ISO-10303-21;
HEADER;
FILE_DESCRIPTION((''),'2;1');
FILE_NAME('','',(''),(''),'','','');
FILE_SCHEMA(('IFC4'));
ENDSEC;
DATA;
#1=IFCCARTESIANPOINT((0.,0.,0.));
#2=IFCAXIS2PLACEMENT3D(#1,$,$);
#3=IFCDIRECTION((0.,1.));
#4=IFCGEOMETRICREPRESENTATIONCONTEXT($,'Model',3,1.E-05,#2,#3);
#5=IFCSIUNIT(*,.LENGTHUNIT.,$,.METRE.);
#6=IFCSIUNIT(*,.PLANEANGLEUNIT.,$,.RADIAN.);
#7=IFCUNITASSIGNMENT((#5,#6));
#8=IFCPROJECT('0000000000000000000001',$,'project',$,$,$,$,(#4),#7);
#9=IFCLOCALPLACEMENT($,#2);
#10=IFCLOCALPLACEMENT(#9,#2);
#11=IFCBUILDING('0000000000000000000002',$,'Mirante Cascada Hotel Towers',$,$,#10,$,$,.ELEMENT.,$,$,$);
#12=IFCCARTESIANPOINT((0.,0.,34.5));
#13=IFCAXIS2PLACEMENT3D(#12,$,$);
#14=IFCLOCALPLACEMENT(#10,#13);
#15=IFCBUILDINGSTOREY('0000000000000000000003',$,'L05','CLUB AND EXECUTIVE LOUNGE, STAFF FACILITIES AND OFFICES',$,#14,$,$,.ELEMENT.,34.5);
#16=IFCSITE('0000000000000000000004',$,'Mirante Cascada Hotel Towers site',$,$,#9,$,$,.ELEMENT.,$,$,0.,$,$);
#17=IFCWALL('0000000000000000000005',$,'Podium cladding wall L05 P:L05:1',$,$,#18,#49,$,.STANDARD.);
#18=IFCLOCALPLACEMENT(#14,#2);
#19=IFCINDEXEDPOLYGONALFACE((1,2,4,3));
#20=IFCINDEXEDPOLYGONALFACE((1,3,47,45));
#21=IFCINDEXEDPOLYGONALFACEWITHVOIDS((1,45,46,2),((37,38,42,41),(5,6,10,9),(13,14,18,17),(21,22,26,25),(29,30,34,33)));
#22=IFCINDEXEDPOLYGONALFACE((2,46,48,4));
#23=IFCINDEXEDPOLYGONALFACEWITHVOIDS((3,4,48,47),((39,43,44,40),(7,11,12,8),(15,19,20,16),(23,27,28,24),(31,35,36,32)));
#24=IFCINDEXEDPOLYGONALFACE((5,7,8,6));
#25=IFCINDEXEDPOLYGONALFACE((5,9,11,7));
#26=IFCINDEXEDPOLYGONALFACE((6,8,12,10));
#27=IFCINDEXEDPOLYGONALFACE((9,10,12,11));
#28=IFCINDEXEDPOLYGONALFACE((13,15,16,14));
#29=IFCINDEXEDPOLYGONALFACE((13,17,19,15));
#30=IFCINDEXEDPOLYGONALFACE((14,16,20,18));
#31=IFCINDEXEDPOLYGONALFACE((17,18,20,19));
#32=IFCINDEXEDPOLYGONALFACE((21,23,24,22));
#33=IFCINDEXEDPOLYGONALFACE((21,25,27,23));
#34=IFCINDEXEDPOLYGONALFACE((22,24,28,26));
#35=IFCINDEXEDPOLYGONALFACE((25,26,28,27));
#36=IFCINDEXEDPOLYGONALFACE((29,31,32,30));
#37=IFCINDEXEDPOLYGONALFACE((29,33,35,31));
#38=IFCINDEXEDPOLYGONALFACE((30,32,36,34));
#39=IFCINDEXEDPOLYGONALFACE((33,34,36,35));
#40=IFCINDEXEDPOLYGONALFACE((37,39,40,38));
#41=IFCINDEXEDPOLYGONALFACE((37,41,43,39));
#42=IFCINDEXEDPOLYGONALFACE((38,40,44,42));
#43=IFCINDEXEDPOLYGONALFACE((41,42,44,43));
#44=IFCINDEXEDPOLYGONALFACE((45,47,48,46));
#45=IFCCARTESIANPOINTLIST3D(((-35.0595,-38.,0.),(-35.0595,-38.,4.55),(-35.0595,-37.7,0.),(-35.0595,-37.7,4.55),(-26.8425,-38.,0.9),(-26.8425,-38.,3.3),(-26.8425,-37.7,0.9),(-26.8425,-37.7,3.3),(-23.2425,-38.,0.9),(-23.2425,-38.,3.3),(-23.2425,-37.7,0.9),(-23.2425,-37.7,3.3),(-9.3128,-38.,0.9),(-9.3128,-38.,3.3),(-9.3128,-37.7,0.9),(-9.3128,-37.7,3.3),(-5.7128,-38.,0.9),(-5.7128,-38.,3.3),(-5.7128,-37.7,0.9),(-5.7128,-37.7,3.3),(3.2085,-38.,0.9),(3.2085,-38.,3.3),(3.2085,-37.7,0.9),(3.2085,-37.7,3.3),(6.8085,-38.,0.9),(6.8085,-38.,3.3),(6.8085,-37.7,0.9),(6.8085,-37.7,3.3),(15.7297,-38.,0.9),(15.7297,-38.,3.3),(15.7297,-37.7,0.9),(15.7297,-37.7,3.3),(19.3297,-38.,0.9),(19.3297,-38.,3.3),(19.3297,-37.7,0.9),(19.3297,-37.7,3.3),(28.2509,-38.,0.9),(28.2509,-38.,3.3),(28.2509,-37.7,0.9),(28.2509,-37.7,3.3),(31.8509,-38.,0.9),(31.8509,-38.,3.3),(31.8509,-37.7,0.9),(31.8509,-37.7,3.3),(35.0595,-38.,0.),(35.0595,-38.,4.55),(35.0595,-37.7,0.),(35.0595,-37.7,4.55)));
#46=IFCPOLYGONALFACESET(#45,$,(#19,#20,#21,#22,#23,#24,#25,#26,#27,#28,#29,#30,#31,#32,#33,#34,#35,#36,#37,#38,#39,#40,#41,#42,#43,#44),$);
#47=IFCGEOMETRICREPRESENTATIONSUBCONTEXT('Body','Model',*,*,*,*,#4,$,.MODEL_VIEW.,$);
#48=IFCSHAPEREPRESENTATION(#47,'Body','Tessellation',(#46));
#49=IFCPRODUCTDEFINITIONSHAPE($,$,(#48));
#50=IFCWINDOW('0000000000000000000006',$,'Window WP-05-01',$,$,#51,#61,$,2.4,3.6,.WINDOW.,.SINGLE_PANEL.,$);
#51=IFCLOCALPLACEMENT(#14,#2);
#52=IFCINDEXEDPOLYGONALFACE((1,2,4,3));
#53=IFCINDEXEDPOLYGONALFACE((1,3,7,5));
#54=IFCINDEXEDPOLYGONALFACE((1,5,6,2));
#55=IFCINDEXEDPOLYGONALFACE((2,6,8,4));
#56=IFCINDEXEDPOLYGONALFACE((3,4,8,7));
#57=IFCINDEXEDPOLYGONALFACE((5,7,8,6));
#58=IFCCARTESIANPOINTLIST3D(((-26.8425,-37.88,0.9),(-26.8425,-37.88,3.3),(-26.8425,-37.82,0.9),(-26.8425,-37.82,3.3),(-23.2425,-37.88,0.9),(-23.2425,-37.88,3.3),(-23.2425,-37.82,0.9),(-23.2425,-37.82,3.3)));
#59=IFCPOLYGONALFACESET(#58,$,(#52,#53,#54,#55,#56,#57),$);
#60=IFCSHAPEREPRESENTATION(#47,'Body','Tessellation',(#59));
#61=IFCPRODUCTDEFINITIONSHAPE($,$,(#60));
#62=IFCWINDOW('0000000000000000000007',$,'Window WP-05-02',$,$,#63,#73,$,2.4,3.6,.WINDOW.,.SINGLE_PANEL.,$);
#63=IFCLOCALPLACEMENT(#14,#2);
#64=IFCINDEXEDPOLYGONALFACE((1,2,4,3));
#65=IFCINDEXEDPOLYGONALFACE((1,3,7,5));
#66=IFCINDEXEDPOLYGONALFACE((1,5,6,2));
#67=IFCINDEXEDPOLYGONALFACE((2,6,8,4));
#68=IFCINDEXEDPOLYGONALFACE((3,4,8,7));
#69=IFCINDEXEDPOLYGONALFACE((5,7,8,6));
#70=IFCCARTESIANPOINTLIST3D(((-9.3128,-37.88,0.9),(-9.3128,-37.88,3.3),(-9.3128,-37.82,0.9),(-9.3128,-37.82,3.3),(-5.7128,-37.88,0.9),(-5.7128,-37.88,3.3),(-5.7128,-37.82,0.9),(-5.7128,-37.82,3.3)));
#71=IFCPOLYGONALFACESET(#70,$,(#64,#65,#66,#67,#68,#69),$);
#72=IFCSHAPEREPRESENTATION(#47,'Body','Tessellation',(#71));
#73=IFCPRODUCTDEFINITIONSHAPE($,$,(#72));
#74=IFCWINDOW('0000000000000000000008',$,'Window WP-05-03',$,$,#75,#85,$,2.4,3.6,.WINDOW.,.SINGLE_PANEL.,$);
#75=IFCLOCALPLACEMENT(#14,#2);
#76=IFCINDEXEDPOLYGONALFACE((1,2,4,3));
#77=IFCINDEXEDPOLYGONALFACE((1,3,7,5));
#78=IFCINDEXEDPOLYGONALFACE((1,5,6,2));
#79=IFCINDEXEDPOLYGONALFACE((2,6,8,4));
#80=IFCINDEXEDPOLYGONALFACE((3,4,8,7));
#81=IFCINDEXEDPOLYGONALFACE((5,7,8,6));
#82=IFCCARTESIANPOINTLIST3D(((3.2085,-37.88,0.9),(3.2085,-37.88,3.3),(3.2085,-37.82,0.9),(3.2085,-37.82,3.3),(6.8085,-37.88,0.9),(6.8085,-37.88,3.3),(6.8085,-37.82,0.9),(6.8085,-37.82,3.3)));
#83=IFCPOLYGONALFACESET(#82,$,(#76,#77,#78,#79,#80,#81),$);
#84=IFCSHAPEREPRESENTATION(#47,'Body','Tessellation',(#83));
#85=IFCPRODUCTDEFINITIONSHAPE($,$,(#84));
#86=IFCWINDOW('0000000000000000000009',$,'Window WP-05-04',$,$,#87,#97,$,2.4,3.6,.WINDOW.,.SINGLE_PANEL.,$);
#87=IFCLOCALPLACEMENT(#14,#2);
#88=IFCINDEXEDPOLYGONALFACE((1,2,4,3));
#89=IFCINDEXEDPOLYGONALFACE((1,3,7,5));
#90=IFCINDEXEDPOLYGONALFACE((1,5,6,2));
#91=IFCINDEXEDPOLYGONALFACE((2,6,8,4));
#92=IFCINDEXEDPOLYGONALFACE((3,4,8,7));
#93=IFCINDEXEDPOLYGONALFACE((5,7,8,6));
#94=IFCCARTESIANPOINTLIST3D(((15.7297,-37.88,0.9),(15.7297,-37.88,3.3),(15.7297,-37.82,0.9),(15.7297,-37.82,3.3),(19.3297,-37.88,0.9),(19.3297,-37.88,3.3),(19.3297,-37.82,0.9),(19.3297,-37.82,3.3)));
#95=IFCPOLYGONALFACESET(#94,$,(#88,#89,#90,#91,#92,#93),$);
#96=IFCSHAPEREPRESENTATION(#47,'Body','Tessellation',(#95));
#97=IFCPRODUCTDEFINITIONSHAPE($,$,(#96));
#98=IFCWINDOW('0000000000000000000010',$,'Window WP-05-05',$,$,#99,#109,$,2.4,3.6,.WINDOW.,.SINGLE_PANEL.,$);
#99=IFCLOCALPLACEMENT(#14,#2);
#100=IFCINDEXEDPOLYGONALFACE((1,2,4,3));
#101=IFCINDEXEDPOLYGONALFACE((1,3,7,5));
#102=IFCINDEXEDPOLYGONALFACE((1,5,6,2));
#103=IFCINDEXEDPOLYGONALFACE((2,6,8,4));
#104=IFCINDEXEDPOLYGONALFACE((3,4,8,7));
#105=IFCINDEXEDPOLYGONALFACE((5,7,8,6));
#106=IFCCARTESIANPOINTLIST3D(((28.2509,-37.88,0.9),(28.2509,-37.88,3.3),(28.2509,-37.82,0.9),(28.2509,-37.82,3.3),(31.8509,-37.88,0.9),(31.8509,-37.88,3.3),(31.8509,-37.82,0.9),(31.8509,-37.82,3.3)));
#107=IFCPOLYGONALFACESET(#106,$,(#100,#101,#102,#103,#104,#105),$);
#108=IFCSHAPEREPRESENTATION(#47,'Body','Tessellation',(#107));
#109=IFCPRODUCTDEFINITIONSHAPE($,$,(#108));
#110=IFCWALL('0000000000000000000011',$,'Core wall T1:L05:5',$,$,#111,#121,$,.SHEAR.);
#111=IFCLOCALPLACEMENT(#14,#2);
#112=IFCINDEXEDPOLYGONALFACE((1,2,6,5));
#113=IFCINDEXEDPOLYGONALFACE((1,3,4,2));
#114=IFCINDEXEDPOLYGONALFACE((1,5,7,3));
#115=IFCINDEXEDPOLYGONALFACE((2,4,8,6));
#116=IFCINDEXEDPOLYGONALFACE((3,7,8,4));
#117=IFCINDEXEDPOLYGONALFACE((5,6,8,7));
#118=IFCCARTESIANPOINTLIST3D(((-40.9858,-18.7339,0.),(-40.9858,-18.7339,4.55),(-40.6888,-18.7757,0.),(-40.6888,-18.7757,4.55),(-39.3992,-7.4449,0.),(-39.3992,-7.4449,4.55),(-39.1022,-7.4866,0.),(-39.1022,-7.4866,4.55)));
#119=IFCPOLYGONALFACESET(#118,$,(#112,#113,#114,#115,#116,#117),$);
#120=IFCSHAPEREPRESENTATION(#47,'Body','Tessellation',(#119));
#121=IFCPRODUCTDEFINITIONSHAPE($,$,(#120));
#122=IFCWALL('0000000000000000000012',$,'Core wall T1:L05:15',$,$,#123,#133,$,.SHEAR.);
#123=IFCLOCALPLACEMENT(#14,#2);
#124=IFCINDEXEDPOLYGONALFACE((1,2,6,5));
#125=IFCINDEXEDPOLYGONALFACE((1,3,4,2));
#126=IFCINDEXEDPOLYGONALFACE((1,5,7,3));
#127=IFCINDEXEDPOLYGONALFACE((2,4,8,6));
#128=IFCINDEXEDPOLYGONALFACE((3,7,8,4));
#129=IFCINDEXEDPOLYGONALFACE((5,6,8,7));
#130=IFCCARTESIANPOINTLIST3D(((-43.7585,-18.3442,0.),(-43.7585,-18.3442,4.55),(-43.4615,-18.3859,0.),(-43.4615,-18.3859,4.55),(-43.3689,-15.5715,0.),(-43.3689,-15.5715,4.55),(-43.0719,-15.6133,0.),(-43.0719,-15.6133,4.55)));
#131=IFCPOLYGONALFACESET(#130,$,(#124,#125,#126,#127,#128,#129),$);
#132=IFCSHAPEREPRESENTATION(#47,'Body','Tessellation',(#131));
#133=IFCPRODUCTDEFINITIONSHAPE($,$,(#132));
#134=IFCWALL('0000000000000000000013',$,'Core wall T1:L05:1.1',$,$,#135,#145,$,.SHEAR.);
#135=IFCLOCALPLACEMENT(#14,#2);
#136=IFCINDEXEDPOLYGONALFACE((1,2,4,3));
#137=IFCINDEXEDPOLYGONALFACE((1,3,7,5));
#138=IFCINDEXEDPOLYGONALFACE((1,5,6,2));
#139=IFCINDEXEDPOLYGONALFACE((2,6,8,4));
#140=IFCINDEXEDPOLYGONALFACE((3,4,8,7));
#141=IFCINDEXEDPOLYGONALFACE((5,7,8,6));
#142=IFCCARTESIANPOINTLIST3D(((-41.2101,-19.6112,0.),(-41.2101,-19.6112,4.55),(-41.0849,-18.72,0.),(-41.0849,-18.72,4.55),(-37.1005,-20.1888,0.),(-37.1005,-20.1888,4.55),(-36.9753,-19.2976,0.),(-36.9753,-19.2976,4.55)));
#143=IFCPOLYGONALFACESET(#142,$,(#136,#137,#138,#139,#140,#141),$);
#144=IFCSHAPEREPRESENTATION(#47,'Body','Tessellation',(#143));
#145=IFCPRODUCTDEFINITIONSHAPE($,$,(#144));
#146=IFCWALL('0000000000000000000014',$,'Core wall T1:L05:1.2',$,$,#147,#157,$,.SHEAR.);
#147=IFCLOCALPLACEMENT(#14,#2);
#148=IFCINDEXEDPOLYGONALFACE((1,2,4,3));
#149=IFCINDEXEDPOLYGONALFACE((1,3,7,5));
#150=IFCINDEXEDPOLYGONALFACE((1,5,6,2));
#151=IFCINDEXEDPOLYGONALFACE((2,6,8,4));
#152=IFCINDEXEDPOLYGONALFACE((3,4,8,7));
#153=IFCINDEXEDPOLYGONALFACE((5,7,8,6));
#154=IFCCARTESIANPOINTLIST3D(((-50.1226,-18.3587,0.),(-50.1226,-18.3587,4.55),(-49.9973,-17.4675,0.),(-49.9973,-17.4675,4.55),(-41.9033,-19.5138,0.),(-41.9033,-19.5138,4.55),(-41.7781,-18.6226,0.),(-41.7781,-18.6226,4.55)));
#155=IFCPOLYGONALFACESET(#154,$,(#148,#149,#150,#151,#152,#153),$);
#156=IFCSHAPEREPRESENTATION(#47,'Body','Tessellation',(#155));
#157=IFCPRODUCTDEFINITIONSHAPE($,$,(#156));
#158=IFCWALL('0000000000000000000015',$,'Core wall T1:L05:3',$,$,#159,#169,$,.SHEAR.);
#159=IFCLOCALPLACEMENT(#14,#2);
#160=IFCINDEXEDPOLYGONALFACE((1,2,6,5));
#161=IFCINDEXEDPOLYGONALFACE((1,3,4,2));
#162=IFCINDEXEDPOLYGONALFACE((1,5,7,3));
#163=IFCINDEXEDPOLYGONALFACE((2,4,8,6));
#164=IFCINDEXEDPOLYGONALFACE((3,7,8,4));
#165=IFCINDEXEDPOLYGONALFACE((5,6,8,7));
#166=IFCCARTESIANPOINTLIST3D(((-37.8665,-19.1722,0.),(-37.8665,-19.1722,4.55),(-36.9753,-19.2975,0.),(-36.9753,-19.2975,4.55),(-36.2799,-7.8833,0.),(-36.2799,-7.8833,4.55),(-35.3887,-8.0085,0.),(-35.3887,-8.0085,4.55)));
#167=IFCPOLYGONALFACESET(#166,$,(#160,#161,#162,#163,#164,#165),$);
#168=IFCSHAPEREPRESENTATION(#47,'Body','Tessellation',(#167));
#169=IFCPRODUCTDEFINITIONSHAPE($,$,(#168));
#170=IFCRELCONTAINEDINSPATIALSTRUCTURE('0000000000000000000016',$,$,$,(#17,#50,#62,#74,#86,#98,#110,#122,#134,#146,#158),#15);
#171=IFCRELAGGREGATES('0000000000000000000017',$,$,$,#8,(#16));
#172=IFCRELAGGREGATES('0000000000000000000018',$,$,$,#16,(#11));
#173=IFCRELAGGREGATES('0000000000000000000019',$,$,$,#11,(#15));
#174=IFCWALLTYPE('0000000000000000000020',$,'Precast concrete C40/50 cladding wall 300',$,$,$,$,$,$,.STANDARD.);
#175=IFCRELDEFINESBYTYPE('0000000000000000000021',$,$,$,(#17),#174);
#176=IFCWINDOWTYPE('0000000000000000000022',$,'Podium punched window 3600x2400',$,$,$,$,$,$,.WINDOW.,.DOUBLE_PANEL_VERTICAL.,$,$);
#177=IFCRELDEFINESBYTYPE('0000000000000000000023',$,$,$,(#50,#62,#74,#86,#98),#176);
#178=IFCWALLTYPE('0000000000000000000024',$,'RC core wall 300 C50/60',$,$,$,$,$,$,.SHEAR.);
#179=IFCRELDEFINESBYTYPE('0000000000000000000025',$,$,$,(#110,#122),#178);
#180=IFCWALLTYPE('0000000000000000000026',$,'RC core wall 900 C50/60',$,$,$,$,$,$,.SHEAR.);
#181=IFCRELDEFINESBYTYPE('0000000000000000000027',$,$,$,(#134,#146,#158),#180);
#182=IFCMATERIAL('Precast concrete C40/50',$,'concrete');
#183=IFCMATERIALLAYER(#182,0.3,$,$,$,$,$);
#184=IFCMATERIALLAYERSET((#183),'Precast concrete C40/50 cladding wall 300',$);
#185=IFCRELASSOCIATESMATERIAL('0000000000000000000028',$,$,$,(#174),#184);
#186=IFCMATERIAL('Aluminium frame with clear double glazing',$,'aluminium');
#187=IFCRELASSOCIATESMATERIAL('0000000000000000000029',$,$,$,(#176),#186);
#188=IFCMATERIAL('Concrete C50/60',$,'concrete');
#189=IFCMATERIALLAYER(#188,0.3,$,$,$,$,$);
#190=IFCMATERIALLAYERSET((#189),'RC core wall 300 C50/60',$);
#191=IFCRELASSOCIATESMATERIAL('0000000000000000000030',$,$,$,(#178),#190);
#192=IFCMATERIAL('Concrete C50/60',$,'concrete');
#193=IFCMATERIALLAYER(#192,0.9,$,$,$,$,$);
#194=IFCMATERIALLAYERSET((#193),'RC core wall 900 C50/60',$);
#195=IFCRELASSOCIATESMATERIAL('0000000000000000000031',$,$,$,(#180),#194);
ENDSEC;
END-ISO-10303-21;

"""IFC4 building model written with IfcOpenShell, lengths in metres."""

from ifc_helpers import new_model, si_unit, direction, frame, frame_2d, origin, place, context, subcontext, project, spatial, rectangle, extrude, material, layer, layer_set, type_object, element, fill, save


model = new_model("IFC4")

# Units and contexts
model_context = context("Model", 3, precision=1e-05, world=origin(), true_north=direction((0.0, 1.0)))
body_context = subcontext(model_context, "Body", "Model", "MODEL_VIEW")
ifc_project = project(units=[si_unit("LENGTHUNIT", "METRE"), si_unit("PLANEANGLEUNIT", "RADIAN")], contexts=[model_context])

# Site, building, storey
site_placement = place(None, origin())
site = spatial("IfcSite", under=ifc_project, at=site_placement, Name="Mirante Cascada Hotel Towers site", CompositionType="ELEMENT", RefElevation=0.0)
building_placement = place(site_placement, origin())
building = spatial("IfcBuilding", under=site, at=building_placement, Name="Mirante Cascada Hotel Towers", CompositionType="ELEMENT")
storey_placement = place(building_placement, frame((0.0, 0.0, 34.5)))
storey = spatial("IfcBuildingStorey", under=building, at=storey_placement, Name="L05", Description="CLUB AND EXECUTIVE LOUNGE, STAFF FACILITIES AND OFFICES", CompositionType="ELEMENT", Elevation=34.5)

# Wall, openings, windows
ifc_material_1 = material(Name="Precast concrete C40/50", Category="concrete")
ifc_layer_1 = layer(ifc_material_1, 0.3)
ifc_layer_set_1 = layer_set([ifc_layer_1], Name="Precast concrete C40/50 cladding wall 300")
wall_type_1 = type_object("IfcWallType", Name="Precast concrete C40/50 cladding wall 300", PredefinedType="STANDARD", material=ifc_layer_set_1)
wall_1_placement = place(storey_placement, frame((-35.0595, -37.85, 0.0), z_axis=(0.0, 0.0, 1.0), x_axis=(1.0, 0.0, 0.0)))
wall_1 = element("IfcWall", 1, at=wall_1_placement, inside=storey, type_object=wall_type_1, Name="Podium cladding wall L05 P:L05:1", PredefinedType="STANDARD", context=body_context, shape_type="SweptSolid", body=[
    extrude(rectangle(XDim=70.119, YDim=0.3, at=frame_2d((35.0595, 0.0))), origin(), (0.0, 0.0, 1.0), 4.55),
])
opening_1_placement = place(wall_1_placement, frame((8.217, 0.0, 0.9)))
opening_1 = element("IfcOpeningElement", 2, at=opening_1_placement, cuts=wall_1, PredefinedType="OPENING", context=body_context, shape_type="SweptSolid", body=[
    extrude(rectangle(XDim=3.6, YDim=2.4, at=frame_2d((1.8, 1.2))), frame((0.0, 0.15, 0.0), z_axis=(0.0, -1.0, 0.0), x_axis=(1.0, 0.0, 0.0)), (0.0, 0.0, 1.0), 0.3),
])
opening_2_placement = place(wall_1_placement, frame((25.7467, 0.0, 0.9)))
opening_2 = element("IfcOpeningElement", 3, at=opening_2_placement, cuts=wall_1, PredefinedType="OPENING", context=body_context, shape_type="SweptSolid", body=[
    extrude(rectangle(XDim=3.6, YDim=2.4, at=frame_2d((1.8, 1.2))), frame((0.0, 0.15, 0.0), z_axis=(0.0, -1.0, 0.0), x_axis=(1.0, 0.0, 0.0)), (0.0, 0.0, 1.0), 0.3),
])
opening_3_placement = place(wall_1_placement, frame((38.268, 0.0, 0.9)))
opening_3 = element("IfcOpeningElement", 4, at=opening_3_placement, cuts=wall_1, PredefinedType="OPENING", context=body_context, shape_type="SweptSolid", body=[
    extrude(rectangle(XDim=3.6, YDim=2.4, at=frame_2d((1.8, 1.2))), frame((0.0, 0.15, 0.0), z_axis=(0.0, -1.0, 0.0), x_axis=(1.0, 0.0, 0.0)), (0.0, 0.0, 1.0), 0.3),
])
opening_4_placement = place(wall_1_placement, frame((50.7892, 0.0, 0.9)))
opening_4 = element("IfcOpeningElement", 5, at=opening_4_placement, cuts=wall_1, PredefinedType="OPENING", context=body_context, shape_type="SweptSolid", body=[
    extrude(rectangle(XDim=3.6, YDim=2.4, at=frame_2d((1.8, 1.2))), frame((0.0, 0.15, 0.0), z_axis=(0.0, -1.0, 0.0), x_axis=(1.0, 0.0, 0.0)), (0.0, 0.0, 1.0), 0.3),
])
opening_5_placement = place(wall_1_placement, frame((63.3104, 0.0, 0.9)))
opening_5 = element("IfcOpeningElement", 6, at=opening_5_placement, cuts=wall_1, PredefinedType="OPENING", context=body_context, shape_type="SweptSolid", body=[
    extrude(rectangle(XDim=3.6, YDim=2.4, at=frame_2d((1.8, 1.2))), frame((0.0, 0.15, 0.0), z_axis=(0.0, -1.0, 0.0), x_axis=(1.0, 0.0, 0.0)), (0.0, 0.0, 1.0), 0.3),
])
ifc_material_2 = material(Name="Aluminium frame with clear double glazing", Category="aluminium")
window_type = type_object("IfcWindowType", Name="Podium punched window 3600x2400", PartitioningType="DOUBLE_PANEL_VERTICAL", PredefinedType="WINDOW", material=ifc_material_2)
window_1_placement = place(opening_1_placement, origin())
window_1 = element("IfcWindow", 7, at=window_1_placement, inside=storey, type_object=window_type, Name="Window WP-05-01", OverallHeight=2.4, OverallWidth=3.6, PartitioningType="SINGLE_PANEL", PredefinedType="WINDOW", context=body_context, shape_type="SweptSolid", body=[
    extrude(rectangle(XDim=3.6, YDim=2.4, at=frame_2d((1.8, 1.2))), frame((0.0, 0.03, 0.0), z_axis=(0.0, -1.0, 0.0), x_axis=(1.0, 0.0, 0.0)), (0.0, 0.0, 1.0), 0.06),
])
fill(opening_1, window_1)
window_2_placement = place(opening_2_placement, origin())
window_2 = element("IfcWindow", 8, at=window_2_placement, inside=storey, type_object=window_type, Name="Window WP-05-02", OverallHeight=2.4, OverallWidth=3.6, PartitioningType="SINGLE_PANEL", PredefinedType="WINDOW", context=body_context, shape_type="SweptSolid", body=[
    extrude(rectangle(XDim=3.6, YDim=2.4, at=frame_2d((1.8, 1.2))), frame((0.0, 0.03, 0.0), z_axis=(0.0, -1.0, 0.0), x_axis=(1.0, 0.0, 0.0)), (0.0, 0.0, 1.0), 0.06),
])
fill(opening_2, window_2)
window_3_placement = place(opening_3_placement, origin())
window_3 = element("IfcWindow", 9, at=window_3_placement, inside=storey, type_object=window_type, Name="Window WP-05-03", OverallHeight=2.4, OverallWidth=3.6, PartitioningType="SINGLE_PANEL", PredefinedType="WINDOW", context=body_context, shape_type="SweptSolid", body=[
    extrude(rectangle(XDim=3.6, YDim=2.4, at=frame_2d((1.8, 1.2))), frame((0.0, 0.03, 0.0), z_axis=(0.0, -1.0, 0.0), x_axis=(1.0, 0.0, 0.0)), (0.0, 0.0, 1.0), 0.06),
])
fill(opening_3, window_3)
window_4_placement = place(opening_4_placement, origin())
window_4 = element("IfcWindow", 10, at=window_4_placement, inside=storey, type_object=window_type, Name="Window WP-05-04", OverallHeight=2.4, OverallWidth=3.6, PartitioningType="SINGLE_PANEL", PredefinedType="WINDOW", context=body_context, shape_type="SweptSolid", body=[
    extrude(rectangle(XDim=3.6, YDim=2.4, at=frame_2d((1.8, 1.2))), frame((0.0, 0.03, 0.0), z_axis=(0.0, -1.0, 0.0), x_axis=(1.0, 0.0, 0.0)), (0.0, 0.0, 1.0), 0.06),
])
fill(opening_4, window_4)
window_5_placement = place(opening_5_placement, origin())
window_5 = element("IfcWindow", 11, at=window_5_placement, inside=storey, type_object=window_type, Name="Window WP-05-05", OverallHeight=2.4, OverallWidth=3.6, PartitioningType="SINGLE_PANEL", PredefinedType="WINDOW", context=body_context, shape_type="SweptSolid", body=[
    extrude(rectangle(XDim=3.6, YDim=2.4, at=frame_2d((1.8, 1.2))), frame((0.0, 0.03, 0.0), z_axis=(0.0, -1.0, 0.0), x_axis=(1.0, 0.0, 0.0)), (0.0, 0.0, 1.0), 0.06),
])
fill(opening_5, window_5)

# Walls
ifc_material_3 = material(Name="Concrete C50/60", Category="concrete")
ifc_layer_2 = layer(ifc_material_3, 0.3)
ifc_layer_set_2 = layer_set([ifc_layer_2], Name="RC core wall 300 C50/60")
wall_type_2 = type_object("IfcWallType", Name="RC core wall 300 C50/60", PredefinedType="SHEAR", material=ifc_layer_set_2)
wall_2_placement = place(storey_placement, frame((-40.8373, -18.7548, 0.0), z_axis=(0.0, 0.0, 1.0), x_axis=(0.139175, 0.990268, 0.0)))
element("IfcWall", 12, at=wall_2_placement, inside=storey, type_object=wall_type_2, Name="Core wall T1:L05:5", PredefinedType="SHEAR", context=body_context, shape_type="SweptSolid", body=[
    extrude(rectangle(XDim=11.4, YDim=0.3, at=frame_2d((5.7, 0.0))), origin(), (0.0, 0.0, 1.0), 4.55),
])
wall_3_placement = place(storey_placement, frame((-43.61, -18.3651, 0.0), z_axis=(0.0, 0.0, 1.0), x_axis=(0.139146, 0.990272, 0.0)))
element("IfcWall", 13, at=wall_3_placement, inside=storey, type_object=wall_type_2, Name="Core wall T1:L05:15", PredefinedType="SHEAR", context=body_context, shape_type="SweptSolid", body=[
    extrude(rectangle(XDim=2.7999, YDim=0.3, at=frame_2d((1.4, 0.0))), origin(), (0.0, 0.0, 1.0), 4.55),
])
ifc_material_4 = material(Name="Concrete C50/60", Category="concrete")
ifc_layer_3 = layer(ifc_material_4, 0.9)
ifc_layer_set_3 = layer_set([ifc_layer_3], Name="RC core wall 900 C50/60")
wall_type_3 = type_object("IfcWallType", Name="RC core wall 900 C50/60", PredefinedType="SHEAR", material=ifc_layer_set_3)
wall_4_placement = place(storey_placement, frame((-37.0379, -19.7432, 0.0), z_axis=(0.0, 0.0, 1.0), x_axis=(-0.990267, 0.139181, 0.0)))
element("IfcWall", 14, at=wall_4_placement, inside=storey, type_object=wall_type_3, Name="Core wall T1:L05:1.1", PredefinedType="SHEAR", context=body_context, shape_type="SweptSolid", body=[
    extrude(rectangle(XDim=4.15, YDim=0.9, at=frame_2d((2.075, 0.0))), origin(), (0.0, 0.0, 1.0), 4.55),
])
wall_5_placement = place(storey_placement, frame((-41.8407, -19.0682, 0.0), z_axis=(0.0, 0.0, 1.0), x_axis=(-0.990269, 0.139169, 0.0)))
element("IfcWall", 15, at=wall_5_placement, inside=storey, type_object=wall_type_3, Name="Core wall T1:L05:1.2", PredefinedType="SHEAR", context=body_context, shape_type="SweptSolid", body=[
    extrude(rectangle(XDim=8.3, YDim=0.9, at=frame_2d((4.15, 0.0))), origin(), (0.0, 0.0, 1.0), 4.55),
])
wall_6_placement = place(storey_placement, frame((-37.4209, -19.2349, 0.0), z_axis=(0.0, 0.0, 1.0), x_axis=(0.139176, 0.990268, 0.0)))
element("IfcWall", 16, at=wall_6_placement, inside=storey, type_object=wall_type_3, Name="Core wall T1:L05:3", PredefinedType="SHEAR", context=body_context, shape_type="SweptSolid", body=[
    extrude(rectangle(XDim=11.3999, YDim=0.9, at=frame_2d((5.7, 0.0))), origin(), (0.0, 0.0, 1.0), 4.55),
])

save(model, "model.ifc")
